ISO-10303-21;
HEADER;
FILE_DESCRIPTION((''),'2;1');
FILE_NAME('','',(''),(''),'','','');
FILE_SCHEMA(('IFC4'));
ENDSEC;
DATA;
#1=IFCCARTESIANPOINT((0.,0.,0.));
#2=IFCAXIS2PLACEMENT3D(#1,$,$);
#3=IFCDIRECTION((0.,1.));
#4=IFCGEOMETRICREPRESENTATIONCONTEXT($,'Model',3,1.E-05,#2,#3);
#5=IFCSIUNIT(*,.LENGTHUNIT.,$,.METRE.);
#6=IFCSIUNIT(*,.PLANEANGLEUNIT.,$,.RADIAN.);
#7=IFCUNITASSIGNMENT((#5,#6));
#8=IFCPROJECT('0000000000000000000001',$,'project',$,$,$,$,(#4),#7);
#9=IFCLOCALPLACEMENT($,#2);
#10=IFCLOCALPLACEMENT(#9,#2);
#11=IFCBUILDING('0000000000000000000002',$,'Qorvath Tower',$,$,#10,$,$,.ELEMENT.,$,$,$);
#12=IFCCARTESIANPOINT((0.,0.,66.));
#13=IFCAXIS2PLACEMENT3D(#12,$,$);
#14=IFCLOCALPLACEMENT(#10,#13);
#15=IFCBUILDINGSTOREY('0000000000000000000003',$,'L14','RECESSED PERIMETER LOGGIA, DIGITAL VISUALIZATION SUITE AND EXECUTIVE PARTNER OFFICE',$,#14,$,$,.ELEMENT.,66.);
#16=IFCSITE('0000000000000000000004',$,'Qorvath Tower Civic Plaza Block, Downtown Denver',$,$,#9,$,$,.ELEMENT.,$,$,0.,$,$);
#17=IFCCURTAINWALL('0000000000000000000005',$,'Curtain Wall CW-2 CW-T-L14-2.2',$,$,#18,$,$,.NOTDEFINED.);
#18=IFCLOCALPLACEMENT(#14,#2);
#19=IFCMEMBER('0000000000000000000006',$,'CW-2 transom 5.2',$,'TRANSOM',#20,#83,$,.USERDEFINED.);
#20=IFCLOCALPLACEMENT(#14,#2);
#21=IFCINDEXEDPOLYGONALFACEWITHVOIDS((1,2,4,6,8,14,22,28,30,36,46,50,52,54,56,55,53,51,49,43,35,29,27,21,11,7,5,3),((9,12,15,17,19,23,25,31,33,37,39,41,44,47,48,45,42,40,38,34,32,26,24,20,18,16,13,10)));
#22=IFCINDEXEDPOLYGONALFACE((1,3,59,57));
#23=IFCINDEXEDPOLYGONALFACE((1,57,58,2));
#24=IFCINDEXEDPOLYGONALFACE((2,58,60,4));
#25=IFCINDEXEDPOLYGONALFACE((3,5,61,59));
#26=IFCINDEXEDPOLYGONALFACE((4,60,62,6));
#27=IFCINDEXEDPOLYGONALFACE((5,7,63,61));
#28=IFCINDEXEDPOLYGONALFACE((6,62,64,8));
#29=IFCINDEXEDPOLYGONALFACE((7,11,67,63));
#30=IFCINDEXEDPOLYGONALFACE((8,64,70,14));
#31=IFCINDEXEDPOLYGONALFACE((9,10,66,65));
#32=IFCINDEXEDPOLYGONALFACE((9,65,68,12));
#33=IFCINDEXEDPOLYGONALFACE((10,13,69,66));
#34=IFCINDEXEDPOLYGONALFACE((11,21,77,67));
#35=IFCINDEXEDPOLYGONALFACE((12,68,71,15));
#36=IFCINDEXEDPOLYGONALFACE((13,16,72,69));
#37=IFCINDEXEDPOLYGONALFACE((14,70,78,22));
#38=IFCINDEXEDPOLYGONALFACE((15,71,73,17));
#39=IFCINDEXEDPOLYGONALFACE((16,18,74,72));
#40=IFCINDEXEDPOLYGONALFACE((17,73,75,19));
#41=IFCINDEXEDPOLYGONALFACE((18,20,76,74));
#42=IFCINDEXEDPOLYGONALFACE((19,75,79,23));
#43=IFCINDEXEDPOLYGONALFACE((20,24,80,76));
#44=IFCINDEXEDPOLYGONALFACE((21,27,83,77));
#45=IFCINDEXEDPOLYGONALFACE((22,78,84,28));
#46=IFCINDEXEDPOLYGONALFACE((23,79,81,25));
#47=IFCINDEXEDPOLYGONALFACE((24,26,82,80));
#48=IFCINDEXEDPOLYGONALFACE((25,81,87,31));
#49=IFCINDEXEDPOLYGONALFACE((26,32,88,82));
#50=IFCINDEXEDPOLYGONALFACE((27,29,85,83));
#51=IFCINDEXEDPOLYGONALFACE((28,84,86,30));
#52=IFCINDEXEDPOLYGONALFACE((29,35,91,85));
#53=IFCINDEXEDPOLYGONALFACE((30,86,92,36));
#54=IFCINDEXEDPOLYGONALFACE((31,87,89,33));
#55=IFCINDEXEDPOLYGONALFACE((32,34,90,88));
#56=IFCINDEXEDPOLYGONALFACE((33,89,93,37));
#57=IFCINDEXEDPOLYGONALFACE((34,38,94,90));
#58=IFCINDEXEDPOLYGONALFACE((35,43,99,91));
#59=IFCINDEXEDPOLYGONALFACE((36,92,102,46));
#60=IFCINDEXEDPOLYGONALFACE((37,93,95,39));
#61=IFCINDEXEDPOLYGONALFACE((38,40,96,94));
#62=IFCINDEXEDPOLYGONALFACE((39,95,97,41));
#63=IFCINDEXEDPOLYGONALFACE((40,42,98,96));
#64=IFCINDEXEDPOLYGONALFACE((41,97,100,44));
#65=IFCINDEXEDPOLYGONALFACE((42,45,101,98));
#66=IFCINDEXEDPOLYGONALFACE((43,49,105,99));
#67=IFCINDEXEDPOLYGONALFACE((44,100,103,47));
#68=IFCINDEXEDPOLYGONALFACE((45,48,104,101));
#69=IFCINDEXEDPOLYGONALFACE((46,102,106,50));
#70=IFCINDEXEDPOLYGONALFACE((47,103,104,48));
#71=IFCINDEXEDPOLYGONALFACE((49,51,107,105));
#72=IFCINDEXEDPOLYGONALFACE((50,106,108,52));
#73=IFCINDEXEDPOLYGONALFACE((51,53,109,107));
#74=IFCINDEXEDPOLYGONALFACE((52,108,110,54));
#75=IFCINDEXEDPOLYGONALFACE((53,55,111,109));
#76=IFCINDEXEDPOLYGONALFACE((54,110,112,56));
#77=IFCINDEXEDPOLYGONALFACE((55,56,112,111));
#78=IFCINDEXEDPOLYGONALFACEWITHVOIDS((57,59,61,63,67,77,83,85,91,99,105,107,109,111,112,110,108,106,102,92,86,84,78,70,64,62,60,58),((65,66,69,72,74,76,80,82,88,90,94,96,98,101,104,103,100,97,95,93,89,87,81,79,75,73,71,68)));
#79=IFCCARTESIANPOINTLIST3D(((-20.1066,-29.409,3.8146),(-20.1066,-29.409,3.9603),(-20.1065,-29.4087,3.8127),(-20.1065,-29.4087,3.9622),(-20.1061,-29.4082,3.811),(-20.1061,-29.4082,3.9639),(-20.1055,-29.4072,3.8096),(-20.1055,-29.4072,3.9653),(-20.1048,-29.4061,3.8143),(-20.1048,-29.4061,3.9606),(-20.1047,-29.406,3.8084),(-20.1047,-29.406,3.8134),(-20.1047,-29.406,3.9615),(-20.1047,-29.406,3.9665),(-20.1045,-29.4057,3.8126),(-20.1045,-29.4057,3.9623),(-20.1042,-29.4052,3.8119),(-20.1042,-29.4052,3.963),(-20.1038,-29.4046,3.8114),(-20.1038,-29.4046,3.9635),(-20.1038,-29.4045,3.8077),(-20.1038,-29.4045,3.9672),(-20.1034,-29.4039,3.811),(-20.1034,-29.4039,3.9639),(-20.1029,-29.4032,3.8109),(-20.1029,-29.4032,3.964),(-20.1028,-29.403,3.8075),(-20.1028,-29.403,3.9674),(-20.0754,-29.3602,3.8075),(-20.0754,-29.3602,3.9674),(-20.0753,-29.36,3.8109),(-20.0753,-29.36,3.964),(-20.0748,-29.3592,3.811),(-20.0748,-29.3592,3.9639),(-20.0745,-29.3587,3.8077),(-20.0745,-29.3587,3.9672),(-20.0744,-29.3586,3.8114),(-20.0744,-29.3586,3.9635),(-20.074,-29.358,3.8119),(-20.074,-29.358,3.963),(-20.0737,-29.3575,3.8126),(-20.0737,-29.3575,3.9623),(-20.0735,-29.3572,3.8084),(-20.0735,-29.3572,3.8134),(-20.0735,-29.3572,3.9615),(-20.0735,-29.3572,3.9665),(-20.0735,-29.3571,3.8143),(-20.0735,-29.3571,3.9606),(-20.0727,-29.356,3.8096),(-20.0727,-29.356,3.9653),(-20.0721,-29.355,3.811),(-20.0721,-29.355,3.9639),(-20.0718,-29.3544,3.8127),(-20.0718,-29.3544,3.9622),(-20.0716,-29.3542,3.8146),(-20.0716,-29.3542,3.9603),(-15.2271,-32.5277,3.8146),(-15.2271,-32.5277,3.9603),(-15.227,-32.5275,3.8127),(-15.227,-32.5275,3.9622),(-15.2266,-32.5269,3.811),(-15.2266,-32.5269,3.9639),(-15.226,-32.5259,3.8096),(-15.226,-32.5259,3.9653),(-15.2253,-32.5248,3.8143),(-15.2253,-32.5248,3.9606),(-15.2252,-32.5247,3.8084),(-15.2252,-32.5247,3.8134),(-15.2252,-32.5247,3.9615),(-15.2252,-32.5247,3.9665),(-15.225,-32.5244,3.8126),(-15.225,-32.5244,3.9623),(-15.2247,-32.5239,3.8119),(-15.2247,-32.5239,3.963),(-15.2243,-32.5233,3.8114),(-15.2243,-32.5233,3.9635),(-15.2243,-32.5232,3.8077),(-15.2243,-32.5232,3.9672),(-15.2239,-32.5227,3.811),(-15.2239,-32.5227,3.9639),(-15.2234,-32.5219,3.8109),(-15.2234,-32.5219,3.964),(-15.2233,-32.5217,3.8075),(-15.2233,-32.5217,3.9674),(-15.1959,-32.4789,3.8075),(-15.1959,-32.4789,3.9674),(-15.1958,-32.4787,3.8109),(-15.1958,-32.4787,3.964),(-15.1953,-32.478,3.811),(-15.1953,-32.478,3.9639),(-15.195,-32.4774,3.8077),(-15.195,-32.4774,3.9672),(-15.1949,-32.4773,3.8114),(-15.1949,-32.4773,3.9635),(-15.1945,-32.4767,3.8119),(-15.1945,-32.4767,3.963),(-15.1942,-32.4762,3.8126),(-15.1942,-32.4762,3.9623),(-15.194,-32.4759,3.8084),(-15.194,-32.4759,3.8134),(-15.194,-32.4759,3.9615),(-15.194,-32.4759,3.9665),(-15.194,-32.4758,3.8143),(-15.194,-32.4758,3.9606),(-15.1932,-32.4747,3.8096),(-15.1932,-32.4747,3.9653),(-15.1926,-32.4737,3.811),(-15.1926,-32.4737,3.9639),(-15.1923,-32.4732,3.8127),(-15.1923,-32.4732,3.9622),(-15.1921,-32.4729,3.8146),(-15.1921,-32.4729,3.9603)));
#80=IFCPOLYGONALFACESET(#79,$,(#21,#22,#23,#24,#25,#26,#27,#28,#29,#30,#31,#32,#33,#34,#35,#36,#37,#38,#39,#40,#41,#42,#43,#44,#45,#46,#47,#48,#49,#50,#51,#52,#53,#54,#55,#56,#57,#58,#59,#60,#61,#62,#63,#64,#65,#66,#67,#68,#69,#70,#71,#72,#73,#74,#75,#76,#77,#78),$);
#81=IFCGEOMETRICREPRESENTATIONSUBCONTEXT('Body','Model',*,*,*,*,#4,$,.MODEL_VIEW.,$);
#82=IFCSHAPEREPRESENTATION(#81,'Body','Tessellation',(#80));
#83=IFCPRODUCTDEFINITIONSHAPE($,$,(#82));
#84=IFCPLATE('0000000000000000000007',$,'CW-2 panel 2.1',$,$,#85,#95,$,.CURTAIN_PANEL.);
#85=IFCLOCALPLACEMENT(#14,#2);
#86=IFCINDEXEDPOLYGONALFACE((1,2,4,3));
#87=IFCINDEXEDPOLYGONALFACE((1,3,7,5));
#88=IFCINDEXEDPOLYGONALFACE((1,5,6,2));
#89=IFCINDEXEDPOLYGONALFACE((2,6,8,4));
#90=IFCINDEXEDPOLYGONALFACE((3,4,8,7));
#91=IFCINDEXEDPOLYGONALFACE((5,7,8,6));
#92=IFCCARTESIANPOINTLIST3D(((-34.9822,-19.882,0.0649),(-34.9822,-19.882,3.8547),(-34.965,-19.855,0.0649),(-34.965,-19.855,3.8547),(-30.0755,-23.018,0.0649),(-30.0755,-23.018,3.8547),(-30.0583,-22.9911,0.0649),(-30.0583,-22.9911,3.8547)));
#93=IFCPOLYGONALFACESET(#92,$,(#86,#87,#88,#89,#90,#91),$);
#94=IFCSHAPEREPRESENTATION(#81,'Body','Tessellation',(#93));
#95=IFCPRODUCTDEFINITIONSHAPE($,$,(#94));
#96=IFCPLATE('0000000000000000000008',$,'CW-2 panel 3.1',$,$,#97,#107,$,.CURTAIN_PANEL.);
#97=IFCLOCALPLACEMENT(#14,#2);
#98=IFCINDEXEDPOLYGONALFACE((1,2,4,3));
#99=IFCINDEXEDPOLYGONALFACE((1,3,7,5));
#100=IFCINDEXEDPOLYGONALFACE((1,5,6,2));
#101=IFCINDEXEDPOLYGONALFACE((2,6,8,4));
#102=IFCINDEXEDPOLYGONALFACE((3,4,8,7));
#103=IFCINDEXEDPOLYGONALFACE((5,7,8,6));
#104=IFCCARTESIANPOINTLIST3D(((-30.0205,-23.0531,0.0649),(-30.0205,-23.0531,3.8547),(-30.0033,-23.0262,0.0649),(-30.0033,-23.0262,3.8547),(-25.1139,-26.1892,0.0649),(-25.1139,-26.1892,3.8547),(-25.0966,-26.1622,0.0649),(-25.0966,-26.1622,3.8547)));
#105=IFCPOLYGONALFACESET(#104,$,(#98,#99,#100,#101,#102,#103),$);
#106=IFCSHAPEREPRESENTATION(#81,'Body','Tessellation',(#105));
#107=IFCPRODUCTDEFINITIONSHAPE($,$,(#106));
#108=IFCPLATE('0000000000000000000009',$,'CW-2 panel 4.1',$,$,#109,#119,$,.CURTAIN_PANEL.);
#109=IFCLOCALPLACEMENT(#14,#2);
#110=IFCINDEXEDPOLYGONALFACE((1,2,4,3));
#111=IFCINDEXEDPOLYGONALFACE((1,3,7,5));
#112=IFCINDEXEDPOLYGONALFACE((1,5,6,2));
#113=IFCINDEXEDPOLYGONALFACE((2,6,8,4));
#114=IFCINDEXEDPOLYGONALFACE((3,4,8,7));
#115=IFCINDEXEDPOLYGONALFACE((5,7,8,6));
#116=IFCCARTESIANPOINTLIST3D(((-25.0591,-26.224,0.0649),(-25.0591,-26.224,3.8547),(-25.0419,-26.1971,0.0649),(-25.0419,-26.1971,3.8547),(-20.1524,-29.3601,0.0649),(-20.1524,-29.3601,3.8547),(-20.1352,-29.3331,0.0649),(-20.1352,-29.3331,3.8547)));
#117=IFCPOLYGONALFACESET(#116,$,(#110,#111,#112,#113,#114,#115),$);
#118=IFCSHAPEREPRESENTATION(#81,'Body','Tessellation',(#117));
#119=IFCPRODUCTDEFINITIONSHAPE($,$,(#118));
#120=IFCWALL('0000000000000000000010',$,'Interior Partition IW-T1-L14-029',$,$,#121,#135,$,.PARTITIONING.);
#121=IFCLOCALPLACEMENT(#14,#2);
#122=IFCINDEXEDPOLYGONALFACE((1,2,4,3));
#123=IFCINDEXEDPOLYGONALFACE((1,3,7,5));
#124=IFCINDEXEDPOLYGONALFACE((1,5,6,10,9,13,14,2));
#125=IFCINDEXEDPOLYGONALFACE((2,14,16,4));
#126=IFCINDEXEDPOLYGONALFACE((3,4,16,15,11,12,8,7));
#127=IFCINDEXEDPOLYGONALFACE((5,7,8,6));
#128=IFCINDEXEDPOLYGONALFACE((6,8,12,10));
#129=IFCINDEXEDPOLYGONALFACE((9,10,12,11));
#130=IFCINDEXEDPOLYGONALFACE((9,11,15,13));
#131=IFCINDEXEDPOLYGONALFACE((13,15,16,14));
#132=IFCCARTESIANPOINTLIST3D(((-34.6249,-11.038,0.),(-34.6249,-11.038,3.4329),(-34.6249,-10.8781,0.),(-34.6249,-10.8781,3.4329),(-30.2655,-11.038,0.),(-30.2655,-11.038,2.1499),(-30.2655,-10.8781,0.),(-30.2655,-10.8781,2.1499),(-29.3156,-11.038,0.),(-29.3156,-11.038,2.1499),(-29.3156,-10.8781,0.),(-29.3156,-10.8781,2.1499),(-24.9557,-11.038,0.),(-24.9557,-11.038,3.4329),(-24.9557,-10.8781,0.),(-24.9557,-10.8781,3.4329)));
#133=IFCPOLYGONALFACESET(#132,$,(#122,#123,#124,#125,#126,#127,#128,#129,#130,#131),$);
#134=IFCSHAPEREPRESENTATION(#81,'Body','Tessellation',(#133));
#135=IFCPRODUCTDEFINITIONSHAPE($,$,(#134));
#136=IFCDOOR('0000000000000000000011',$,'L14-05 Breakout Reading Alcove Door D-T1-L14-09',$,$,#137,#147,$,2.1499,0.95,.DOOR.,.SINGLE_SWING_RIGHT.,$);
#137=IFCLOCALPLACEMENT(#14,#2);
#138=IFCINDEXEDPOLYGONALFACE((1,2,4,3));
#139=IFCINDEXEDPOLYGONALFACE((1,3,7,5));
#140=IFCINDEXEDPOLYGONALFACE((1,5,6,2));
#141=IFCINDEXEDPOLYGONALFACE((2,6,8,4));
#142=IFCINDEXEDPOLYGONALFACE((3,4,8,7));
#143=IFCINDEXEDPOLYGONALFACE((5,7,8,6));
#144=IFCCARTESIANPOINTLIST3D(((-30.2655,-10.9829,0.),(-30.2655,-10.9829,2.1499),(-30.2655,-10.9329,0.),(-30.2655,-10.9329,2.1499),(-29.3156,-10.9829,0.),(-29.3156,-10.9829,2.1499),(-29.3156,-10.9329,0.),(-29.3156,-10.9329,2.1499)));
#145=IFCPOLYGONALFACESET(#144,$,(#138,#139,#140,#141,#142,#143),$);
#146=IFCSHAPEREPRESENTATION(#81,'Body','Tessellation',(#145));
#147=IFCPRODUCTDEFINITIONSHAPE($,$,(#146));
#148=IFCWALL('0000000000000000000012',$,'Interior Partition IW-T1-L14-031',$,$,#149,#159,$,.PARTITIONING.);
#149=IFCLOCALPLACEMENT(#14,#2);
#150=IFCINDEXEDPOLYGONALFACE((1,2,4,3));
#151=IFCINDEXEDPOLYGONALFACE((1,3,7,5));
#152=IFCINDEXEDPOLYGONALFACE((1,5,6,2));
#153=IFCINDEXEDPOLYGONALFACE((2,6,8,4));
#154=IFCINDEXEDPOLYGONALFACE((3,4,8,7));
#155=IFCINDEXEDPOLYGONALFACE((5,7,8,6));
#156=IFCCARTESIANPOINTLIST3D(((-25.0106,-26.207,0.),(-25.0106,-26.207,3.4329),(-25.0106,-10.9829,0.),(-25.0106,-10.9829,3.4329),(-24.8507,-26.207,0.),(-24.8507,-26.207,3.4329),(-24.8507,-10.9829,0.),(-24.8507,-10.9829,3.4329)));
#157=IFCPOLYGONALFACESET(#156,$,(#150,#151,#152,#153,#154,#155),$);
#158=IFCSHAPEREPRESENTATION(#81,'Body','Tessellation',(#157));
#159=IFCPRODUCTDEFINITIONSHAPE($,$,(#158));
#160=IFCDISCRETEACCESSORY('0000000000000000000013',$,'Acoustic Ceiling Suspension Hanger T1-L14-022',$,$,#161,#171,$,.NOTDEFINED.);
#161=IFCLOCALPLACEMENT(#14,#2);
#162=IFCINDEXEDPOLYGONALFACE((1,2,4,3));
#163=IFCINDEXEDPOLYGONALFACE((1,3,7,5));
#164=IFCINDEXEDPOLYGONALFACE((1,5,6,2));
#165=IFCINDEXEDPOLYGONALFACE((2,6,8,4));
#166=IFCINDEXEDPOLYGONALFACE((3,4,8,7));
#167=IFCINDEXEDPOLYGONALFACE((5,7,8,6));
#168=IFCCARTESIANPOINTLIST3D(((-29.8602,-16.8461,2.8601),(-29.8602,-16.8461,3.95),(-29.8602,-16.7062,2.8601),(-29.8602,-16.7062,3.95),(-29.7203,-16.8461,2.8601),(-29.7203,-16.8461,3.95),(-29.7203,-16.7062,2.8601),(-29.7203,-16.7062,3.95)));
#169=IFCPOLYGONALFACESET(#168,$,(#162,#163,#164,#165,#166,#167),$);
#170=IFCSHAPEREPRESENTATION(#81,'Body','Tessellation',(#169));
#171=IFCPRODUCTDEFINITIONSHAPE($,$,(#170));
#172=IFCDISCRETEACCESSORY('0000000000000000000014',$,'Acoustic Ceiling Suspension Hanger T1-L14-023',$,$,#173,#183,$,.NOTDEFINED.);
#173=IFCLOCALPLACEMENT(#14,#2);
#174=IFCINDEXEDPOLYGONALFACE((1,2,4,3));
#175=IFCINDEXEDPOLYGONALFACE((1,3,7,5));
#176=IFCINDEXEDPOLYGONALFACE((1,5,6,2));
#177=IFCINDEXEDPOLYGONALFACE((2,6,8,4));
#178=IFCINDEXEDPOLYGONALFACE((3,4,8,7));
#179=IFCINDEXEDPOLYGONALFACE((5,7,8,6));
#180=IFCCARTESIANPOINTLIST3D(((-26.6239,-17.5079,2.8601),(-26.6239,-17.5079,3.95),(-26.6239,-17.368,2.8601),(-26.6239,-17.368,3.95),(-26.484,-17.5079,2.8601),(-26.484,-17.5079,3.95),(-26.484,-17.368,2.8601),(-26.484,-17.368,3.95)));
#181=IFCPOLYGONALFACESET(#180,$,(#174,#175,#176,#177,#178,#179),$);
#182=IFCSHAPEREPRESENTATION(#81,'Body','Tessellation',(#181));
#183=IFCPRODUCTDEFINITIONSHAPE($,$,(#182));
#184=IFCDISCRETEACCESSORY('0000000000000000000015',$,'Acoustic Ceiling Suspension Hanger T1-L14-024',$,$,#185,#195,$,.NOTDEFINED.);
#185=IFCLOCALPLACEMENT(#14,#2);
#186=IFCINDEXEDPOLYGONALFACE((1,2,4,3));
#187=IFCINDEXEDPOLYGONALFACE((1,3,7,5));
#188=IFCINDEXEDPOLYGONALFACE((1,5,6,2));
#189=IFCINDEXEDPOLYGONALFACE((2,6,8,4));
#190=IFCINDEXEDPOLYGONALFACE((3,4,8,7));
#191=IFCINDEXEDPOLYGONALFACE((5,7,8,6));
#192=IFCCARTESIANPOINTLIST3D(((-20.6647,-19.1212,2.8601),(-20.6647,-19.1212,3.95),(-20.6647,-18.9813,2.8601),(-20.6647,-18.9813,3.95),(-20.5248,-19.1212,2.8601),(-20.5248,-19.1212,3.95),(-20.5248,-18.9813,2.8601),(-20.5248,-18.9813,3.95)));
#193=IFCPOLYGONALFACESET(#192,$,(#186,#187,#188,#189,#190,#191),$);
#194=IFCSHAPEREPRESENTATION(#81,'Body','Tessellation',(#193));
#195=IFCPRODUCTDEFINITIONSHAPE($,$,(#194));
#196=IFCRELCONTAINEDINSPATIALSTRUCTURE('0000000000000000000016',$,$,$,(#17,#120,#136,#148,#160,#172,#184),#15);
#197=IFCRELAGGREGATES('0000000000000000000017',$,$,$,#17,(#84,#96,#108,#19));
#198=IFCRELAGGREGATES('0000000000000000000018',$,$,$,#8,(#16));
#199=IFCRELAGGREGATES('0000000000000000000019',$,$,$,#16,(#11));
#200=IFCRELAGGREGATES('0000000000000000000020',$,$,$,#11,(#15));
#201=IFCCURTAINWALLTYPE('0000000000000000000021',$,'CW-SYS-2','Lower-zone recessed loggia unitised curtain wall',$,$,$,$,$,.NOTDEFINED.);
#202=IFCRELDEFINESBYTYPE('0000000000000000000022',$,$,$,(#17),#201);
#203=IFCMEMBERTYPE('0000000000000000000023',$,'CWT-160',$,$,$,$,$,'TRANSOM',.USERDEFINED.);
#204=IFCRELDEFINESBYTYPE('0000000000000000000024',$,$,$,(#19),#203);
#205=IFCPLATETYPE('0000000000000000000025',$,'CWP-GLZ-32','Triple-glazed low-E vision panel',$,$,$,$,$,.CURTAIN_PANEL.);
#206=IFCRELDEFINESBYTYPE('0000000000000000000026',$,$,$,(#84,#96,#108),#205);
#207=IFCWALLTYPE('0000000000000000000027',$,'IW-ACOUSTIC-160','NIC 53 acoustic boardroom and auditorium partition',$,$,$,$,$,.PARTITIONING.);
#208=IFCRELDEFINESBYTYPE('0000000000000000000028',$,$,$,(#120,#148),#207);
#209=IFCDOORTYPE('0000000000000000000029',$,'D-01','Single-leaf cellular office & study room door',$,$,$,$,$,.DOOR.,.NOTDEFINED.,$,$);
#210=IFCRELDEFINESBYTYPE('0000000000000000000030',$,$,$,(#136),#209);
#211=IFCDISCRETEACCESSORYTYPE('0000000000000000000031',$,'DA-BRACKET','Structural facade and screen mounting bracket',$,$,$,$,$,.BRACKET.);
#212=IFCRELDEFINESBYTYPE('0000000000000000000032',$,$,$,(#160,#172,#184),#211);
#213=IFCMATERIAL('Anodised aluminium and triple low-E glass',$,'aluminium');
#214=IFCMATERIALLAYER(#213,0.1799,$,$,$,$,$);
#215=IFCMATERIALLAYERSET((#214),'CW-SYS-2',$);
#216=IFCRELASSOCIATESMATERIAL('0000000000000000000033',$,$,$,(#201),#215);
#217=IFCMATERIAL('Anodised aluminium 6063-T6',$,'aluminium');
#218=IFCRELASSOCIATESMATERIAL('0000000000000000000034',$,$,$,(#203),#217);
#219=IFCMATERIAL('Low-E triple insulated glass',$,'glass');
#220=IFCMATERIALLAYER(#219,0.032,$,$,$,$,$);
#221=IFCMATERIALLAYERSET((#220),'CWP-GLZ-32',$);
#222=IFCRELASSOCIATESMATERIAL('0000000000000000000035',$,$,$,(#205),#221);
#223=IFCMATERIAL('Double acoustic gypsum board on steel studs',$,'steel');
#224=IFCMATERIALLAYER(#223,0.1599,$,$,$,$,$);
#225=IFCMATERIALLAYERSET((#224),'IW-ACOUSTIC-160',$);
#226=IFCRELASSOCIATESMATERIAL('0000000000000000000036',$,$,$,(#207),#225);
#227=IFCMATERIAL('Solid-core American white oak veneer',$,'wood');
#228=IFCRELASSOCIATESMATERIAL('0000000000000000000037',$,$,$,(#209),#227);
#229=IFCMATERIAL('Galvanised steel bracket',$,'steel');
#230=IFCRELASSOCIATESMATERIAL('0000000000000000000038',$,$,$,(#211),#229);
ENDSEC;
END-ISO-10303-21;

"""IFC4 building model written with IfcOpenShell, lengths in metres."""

from ifc_helpers import new_model, si_unit, direction, frame, frame_2d, origin, origin_2d, place, context, subcontext, project, spatial, rectangle, hollow_rectangle, extrude, material, layer, layer_set, material_profile, profile_set, type_object, element, fill, aggregate, save


model = new_model("IFC4")

# Units and contexts
model_context = context("Model", 3, precision=1e-05, world=origin(), true_north=direction((0.0, 1.0)))
body_context = subcontext(model_context, "Body", "Model", "MODEL_VIEW")
ifc_project = project(units=[si_unit("LENGTHUNIT", "METRE"), si_unit("PLANEANGLEUNIT", "RADIAN")], contexts=[model_context])

# Site, building, storey
site_placement = place(None, origin())
site = spatial("IfcSite", under=ifc_project, at=site_placement, Name="Qorvath Tower Civic Plaza Block, Downtown Denver", CompositionType="ELEMENT", RefElevation=0.0)
building_placement = place(site_placement, origin())
building = spatial("IfcBuilding", under=site, at=building_placement, Name="Qorvath Tower", CompositionType="ELEMENT")
storey_placement = place(building_placement, frame((0.0, 0.0, 66.0)))
storey = spatial("IfcBuildingStorey", under=building, at=storey_placement, Name="L14", Description="RECESSED PERIMETER LOGGIA, DIGITAL VISUALIZATION SUITE AND EXECUTIVE PARTNER OFFICE", CompositionType="ELEMENT", Elevation=66.0)

# Curtain wall, member, plates
ifc_material_1 = material(Name="Anodised aluminium and triple low-E glass", Category="aluminium")
ifc_layer_1 = layer(ifc_material_1, 0.1799)
ifc_layer_set_1 = layer_set([ifc_layer_1], Name="CW-SYS-2")
curtain_wall_type = type_object("IfcCurtainWallType", Name="CW-SYS-2", Description="Lower-zone recessed loggia unitised curtain wall", PredefinedType="NOTDEFINED", material=ifc_layer_set_1)
curtain_wall_placement = place(storey_placement, origin())
curtain_wall = element("IfcCurtainWall", 1, at=curtain_wall_placement, inside=storey, type_object=curtain_wall_type, Name="Curtain Wall CW-2 CW-T-L14-2.2", PredefinedType="NOTDEFINED")
ifc_material_2 = material(Name="Anodised aluminium 6063-T6", Category="aluminium")
ifc_material_profile_1 = material_profile(ifc_material_2, hollow_rectangle(XDim=0.0649, YDim=0.1599, WallThickness=0.0034, InnerFilletRadius=0.0034, OuterFilletRadius=0.0071, at=origin_2d()), Name="CWT 160x65")
ifc_profile_set_1 = profile_set([ifc_material_profile_1], Name="Anodised aluminium 6063-T6")
member_type_1 = type_object("IfcMemberType", Name="CWT-160", ElementType="TRANSOM", PredefinedType="USERDEFINED", material=ifc_profile_set_1)
member_1_placement = place(storey_placement, frame((-20.0891, -29.3816, 3.8875), z_axis=(0.842597, -0.538544, 0.0), x_axis=(0.538544, 0.842597, 0.0)))
member_1 = element("IfcMember", 2, at=member_1_placement, type_object=member_type_1, Name="CW-2 transom 5.2", ObjectType="TRANSOM", PredefinedType="USERDEFINED", context=body_context, shape_type="SweptSolid", body=[
    extrude(hollow_rectangle(XDim=0.0649, YDim=0.1599, WallThickness=0.0034, InnerFilletRadius=0.0034, OuterFilletRadius=0.0071, at=origin_2d()), origin(), (0.0, 0.0, 1.0), 5.791),
])
ifc_material_3 = material(Name="Low-E triple insulated glass", Category="glass")
ifc_layer_2 = layer(ifc_material_3, 0.032)
ifc_layer_set_2 = layer_set([ifc_layer_2], Name="CWP-GLZ-32")
plate_type = type_object("IfcPlateType", Name="CWP-GLZ-32", Description="Triple-glazed low-E vision panel", PredefinedType="CURTAIN_PANEL", material=ifc_layer_set_2)
plate_1_placement = place(storey_placement, frame((-32.5203, -21.4365, 0.0649), z_axis=(0.0, 0.0, 1.0), x_axis=(0.842602, -0.538537, 0.0)))
plate_1 = element("IfcPlate", 3, at=plate_1_placement, type_object=plate_type, Name="CW-2 panel 2.1", PredefinedType="CURTAIN_PANEL", context=body_context, shape_type="SweptSolid", body=[
    extrude(rectangle(XDim=5.8232, YDim=0.032, at=origin_2d()), origin(), (0.0, 0.0, 1.0), 3.7898),
])
plate_2_placement = place(storey_placement, frame((-27.5586, -24.6077, 0.0649), z_axis=(0.0, 0.0, 1.0), x_axis=(0.842602, -0.538537, 0.0)))
plate_2 = element("IfcPlate", 4, at=plate_2_placement, type_object=plate_type, Name="CW-2 panel 3.1", PredefinedType="CURTAIN_PANEL", context=body_context, shape_type="SweptSolid", body=[
    extrude(rectangle(XDim=5.8232, YDim=0.032, at=origin_2d()), origin(), (0.0, 0.0, 1.0), 3.7898),
])
plate_3_placement = place(storey_placement, frame((-22.5972, -27.7786, 0.0649), z_axis=(0.0, 0.0, 1.0), x_axis=(0.842602, -0.538537, 0.0)))
plate_3 = element("IfcPlate", 5, at=plate_3_placement, type_object=plate_type, Name="CW-2 panel 4.1", PredefinedType="CURTAIN_PANEL", context=body_context, shape_type="SweptSolid", body=[
    extrude(rectangle(XDim=5.8232, YDim=0.032, at=origin_2d()), origin(), (0.0, 0.0, 1.0), 3.7898),
])
aggregate(curtain_wall, [plate_1, plate_2, plate_3, member_1])

# Wall, opening, door
ifc_material_4 = material(Name="Double acoustic gypsum board on steel studs", Category="steel")
ifc_layer_3 = layer(ifc_material_4, 0.1599)
ifc_layer_set_3 = layer_set([ifc_layer_3], Name="IW-ACOUSTIC-160")
wall_type = type_object("IfcWallType", Name="IW-ACOUSTIC-160", Description="NIC 53 acoustic boardroom and auditorium partition", PredefinedType="PARTITIONING", material=ifc_layer_set_3)
wall_1_placement = place(storey_placement, frame((-24.9558, -10.958, 0.0), z_axis=(0.0, 0.0, 1.0), x_axis=(-1.0, 0.0, 0.0)))
wall_1 = element("IfcWall", 6, at=wall_1_placement, inside=storey, type_object=wall_type, Name="Interior Partition IW-T1-L14-029", PredefinedType="PARTITIONING", context=body_context, shape_type="SweptSolid", body=[
    extrude(rectangle(XDim=9.6692, YDim=0.1599, at=frame_2d((4.8345, 0.0))), origin(), (0.0, 0.0, 1.0), 3.4329),
])
opening_placement = place(wall_1_placement, frame((4.3596, 0.0, 0.0)))
opening = element("IfcOpeningElement", 7, at=opening_placement, cuts=wall_1, PredefinedType="OPENING", context=body_context, shape_type="SweptSolid", body=[
    extrude(rectangle(XDim=0.95, YDim=2.1499, at=frame_2d((0.4751, 1.075))), frame((0.0, 0.0898, 0.0), z_axis=(0.0, -1.0, 0.0), x_axis=(1.0, 0.0, 0.0)), (0.0, 0.0, 1.0), 0.1799),
])
ifc_material_5 = material(Name="Solid-core American white oak veneer", Category="wood")
door_type = type_object("IfcDoorType", Name="D-01", Description="Single-leaf cellular office & study room door", OperationType="NOTDEFINED", PredefinedType="DOOR", material=ifc_material_5)
door_placement = place(opening_placement, origin())
door = element("IfcDoor", 8, at=door_placement, inside=storey, type_object=door_type, Name="L14-05 Breakout Reading Alcove Door D-T1-L14-09", OperationType="SINGLE_SWING_RIGHT", OverallHeight=2.1499, OverallWidth=0.95, PredefinedType="DOOR", context=body_context, shape_type="SweptSolid", body=[
    extrude(rectangle(XDim=0.95, YDim=2.1499, at=frame_2d((0.4751, 1.075))), frame((0.0, 0.0249, 0.0), z_axis=(0.0, -1.0, 0.0), x_axis=(1.0, 0.0, 0.0)), (0.0, 0.0, 1.0), 0.05),
])
fill(opening, door)

# Wall
wall_2_placement = place(storey_placement, frame((-24.9307, -26.207, 0.0), z_axis=(0.0, 0.0, 1.0), x_axis=(0.0, 1.0, 0.0)))
element("IfcWall", 9, at=wall_2_placement, inside=storey, type_object=wall_type, Name="Interior Partition IW-T1-L14-031", PredefinedType="PARTITIONING", context=body_context, shape_type="SweptSolid", body=[
    extrude(rectangle(XDim=15.2241, YDim=0.1599, at=frame_2d((7.6121, 0.0))), origin(), (0.0, 0.0, 1.0), 3.4329),
])

# Discrete accessories
ifc_material_6 = material(Name="Galvanised steel bracket", Category="steel")
discrete_accessory_type = type_object("IfcDiscreteAccessoryType", Name="DA-BRACKET", Description="Structural facade and screen mounting bracket", PredefinedType="BRACKET", material=ifc_material_6)
for number, where, z_axis, x_axis, name in (
    (10, (-29.7903, -16.7761, 2.8601), (0.0, 0.0, 1.0), (1.0, 0.0, 0.0), "Acoustic Ceiling Suspension Hanger T1-L14-022"),
    (11, (-26.554, -17.438, 2.8601), (0.0, 0.0, 1.0), (1.0, 0.0, 0.0), "Acoustic Ceiling Suspension Hanger T1-L14-023"),
    (12, (-20.5947, -19.0513, 2.8601), (0.0, 0.0, 1.0), (1.0, 0.0, 0.0), "Acoustic Ceiling Suspension Hanger T1-L14-024"),
):
    element("IfcDiscreteAccessory", number, at=place(storey_placement, frame(where, z_axis=z_axis, x_axis=x_axis)), inside=storey, type_object=discrete_accessory_type, Name=name, PredefinedType="NOTDEFINED", context=body_context, shape_type="SweptSolid", body=[
        extrude(rectangle(XDim=0.1399, YDim=0.1399, at=origin_2d()), origin(), (0.0, 0.0, 1.0), 1.0898),
    ])

save(model, "model.ifc")
